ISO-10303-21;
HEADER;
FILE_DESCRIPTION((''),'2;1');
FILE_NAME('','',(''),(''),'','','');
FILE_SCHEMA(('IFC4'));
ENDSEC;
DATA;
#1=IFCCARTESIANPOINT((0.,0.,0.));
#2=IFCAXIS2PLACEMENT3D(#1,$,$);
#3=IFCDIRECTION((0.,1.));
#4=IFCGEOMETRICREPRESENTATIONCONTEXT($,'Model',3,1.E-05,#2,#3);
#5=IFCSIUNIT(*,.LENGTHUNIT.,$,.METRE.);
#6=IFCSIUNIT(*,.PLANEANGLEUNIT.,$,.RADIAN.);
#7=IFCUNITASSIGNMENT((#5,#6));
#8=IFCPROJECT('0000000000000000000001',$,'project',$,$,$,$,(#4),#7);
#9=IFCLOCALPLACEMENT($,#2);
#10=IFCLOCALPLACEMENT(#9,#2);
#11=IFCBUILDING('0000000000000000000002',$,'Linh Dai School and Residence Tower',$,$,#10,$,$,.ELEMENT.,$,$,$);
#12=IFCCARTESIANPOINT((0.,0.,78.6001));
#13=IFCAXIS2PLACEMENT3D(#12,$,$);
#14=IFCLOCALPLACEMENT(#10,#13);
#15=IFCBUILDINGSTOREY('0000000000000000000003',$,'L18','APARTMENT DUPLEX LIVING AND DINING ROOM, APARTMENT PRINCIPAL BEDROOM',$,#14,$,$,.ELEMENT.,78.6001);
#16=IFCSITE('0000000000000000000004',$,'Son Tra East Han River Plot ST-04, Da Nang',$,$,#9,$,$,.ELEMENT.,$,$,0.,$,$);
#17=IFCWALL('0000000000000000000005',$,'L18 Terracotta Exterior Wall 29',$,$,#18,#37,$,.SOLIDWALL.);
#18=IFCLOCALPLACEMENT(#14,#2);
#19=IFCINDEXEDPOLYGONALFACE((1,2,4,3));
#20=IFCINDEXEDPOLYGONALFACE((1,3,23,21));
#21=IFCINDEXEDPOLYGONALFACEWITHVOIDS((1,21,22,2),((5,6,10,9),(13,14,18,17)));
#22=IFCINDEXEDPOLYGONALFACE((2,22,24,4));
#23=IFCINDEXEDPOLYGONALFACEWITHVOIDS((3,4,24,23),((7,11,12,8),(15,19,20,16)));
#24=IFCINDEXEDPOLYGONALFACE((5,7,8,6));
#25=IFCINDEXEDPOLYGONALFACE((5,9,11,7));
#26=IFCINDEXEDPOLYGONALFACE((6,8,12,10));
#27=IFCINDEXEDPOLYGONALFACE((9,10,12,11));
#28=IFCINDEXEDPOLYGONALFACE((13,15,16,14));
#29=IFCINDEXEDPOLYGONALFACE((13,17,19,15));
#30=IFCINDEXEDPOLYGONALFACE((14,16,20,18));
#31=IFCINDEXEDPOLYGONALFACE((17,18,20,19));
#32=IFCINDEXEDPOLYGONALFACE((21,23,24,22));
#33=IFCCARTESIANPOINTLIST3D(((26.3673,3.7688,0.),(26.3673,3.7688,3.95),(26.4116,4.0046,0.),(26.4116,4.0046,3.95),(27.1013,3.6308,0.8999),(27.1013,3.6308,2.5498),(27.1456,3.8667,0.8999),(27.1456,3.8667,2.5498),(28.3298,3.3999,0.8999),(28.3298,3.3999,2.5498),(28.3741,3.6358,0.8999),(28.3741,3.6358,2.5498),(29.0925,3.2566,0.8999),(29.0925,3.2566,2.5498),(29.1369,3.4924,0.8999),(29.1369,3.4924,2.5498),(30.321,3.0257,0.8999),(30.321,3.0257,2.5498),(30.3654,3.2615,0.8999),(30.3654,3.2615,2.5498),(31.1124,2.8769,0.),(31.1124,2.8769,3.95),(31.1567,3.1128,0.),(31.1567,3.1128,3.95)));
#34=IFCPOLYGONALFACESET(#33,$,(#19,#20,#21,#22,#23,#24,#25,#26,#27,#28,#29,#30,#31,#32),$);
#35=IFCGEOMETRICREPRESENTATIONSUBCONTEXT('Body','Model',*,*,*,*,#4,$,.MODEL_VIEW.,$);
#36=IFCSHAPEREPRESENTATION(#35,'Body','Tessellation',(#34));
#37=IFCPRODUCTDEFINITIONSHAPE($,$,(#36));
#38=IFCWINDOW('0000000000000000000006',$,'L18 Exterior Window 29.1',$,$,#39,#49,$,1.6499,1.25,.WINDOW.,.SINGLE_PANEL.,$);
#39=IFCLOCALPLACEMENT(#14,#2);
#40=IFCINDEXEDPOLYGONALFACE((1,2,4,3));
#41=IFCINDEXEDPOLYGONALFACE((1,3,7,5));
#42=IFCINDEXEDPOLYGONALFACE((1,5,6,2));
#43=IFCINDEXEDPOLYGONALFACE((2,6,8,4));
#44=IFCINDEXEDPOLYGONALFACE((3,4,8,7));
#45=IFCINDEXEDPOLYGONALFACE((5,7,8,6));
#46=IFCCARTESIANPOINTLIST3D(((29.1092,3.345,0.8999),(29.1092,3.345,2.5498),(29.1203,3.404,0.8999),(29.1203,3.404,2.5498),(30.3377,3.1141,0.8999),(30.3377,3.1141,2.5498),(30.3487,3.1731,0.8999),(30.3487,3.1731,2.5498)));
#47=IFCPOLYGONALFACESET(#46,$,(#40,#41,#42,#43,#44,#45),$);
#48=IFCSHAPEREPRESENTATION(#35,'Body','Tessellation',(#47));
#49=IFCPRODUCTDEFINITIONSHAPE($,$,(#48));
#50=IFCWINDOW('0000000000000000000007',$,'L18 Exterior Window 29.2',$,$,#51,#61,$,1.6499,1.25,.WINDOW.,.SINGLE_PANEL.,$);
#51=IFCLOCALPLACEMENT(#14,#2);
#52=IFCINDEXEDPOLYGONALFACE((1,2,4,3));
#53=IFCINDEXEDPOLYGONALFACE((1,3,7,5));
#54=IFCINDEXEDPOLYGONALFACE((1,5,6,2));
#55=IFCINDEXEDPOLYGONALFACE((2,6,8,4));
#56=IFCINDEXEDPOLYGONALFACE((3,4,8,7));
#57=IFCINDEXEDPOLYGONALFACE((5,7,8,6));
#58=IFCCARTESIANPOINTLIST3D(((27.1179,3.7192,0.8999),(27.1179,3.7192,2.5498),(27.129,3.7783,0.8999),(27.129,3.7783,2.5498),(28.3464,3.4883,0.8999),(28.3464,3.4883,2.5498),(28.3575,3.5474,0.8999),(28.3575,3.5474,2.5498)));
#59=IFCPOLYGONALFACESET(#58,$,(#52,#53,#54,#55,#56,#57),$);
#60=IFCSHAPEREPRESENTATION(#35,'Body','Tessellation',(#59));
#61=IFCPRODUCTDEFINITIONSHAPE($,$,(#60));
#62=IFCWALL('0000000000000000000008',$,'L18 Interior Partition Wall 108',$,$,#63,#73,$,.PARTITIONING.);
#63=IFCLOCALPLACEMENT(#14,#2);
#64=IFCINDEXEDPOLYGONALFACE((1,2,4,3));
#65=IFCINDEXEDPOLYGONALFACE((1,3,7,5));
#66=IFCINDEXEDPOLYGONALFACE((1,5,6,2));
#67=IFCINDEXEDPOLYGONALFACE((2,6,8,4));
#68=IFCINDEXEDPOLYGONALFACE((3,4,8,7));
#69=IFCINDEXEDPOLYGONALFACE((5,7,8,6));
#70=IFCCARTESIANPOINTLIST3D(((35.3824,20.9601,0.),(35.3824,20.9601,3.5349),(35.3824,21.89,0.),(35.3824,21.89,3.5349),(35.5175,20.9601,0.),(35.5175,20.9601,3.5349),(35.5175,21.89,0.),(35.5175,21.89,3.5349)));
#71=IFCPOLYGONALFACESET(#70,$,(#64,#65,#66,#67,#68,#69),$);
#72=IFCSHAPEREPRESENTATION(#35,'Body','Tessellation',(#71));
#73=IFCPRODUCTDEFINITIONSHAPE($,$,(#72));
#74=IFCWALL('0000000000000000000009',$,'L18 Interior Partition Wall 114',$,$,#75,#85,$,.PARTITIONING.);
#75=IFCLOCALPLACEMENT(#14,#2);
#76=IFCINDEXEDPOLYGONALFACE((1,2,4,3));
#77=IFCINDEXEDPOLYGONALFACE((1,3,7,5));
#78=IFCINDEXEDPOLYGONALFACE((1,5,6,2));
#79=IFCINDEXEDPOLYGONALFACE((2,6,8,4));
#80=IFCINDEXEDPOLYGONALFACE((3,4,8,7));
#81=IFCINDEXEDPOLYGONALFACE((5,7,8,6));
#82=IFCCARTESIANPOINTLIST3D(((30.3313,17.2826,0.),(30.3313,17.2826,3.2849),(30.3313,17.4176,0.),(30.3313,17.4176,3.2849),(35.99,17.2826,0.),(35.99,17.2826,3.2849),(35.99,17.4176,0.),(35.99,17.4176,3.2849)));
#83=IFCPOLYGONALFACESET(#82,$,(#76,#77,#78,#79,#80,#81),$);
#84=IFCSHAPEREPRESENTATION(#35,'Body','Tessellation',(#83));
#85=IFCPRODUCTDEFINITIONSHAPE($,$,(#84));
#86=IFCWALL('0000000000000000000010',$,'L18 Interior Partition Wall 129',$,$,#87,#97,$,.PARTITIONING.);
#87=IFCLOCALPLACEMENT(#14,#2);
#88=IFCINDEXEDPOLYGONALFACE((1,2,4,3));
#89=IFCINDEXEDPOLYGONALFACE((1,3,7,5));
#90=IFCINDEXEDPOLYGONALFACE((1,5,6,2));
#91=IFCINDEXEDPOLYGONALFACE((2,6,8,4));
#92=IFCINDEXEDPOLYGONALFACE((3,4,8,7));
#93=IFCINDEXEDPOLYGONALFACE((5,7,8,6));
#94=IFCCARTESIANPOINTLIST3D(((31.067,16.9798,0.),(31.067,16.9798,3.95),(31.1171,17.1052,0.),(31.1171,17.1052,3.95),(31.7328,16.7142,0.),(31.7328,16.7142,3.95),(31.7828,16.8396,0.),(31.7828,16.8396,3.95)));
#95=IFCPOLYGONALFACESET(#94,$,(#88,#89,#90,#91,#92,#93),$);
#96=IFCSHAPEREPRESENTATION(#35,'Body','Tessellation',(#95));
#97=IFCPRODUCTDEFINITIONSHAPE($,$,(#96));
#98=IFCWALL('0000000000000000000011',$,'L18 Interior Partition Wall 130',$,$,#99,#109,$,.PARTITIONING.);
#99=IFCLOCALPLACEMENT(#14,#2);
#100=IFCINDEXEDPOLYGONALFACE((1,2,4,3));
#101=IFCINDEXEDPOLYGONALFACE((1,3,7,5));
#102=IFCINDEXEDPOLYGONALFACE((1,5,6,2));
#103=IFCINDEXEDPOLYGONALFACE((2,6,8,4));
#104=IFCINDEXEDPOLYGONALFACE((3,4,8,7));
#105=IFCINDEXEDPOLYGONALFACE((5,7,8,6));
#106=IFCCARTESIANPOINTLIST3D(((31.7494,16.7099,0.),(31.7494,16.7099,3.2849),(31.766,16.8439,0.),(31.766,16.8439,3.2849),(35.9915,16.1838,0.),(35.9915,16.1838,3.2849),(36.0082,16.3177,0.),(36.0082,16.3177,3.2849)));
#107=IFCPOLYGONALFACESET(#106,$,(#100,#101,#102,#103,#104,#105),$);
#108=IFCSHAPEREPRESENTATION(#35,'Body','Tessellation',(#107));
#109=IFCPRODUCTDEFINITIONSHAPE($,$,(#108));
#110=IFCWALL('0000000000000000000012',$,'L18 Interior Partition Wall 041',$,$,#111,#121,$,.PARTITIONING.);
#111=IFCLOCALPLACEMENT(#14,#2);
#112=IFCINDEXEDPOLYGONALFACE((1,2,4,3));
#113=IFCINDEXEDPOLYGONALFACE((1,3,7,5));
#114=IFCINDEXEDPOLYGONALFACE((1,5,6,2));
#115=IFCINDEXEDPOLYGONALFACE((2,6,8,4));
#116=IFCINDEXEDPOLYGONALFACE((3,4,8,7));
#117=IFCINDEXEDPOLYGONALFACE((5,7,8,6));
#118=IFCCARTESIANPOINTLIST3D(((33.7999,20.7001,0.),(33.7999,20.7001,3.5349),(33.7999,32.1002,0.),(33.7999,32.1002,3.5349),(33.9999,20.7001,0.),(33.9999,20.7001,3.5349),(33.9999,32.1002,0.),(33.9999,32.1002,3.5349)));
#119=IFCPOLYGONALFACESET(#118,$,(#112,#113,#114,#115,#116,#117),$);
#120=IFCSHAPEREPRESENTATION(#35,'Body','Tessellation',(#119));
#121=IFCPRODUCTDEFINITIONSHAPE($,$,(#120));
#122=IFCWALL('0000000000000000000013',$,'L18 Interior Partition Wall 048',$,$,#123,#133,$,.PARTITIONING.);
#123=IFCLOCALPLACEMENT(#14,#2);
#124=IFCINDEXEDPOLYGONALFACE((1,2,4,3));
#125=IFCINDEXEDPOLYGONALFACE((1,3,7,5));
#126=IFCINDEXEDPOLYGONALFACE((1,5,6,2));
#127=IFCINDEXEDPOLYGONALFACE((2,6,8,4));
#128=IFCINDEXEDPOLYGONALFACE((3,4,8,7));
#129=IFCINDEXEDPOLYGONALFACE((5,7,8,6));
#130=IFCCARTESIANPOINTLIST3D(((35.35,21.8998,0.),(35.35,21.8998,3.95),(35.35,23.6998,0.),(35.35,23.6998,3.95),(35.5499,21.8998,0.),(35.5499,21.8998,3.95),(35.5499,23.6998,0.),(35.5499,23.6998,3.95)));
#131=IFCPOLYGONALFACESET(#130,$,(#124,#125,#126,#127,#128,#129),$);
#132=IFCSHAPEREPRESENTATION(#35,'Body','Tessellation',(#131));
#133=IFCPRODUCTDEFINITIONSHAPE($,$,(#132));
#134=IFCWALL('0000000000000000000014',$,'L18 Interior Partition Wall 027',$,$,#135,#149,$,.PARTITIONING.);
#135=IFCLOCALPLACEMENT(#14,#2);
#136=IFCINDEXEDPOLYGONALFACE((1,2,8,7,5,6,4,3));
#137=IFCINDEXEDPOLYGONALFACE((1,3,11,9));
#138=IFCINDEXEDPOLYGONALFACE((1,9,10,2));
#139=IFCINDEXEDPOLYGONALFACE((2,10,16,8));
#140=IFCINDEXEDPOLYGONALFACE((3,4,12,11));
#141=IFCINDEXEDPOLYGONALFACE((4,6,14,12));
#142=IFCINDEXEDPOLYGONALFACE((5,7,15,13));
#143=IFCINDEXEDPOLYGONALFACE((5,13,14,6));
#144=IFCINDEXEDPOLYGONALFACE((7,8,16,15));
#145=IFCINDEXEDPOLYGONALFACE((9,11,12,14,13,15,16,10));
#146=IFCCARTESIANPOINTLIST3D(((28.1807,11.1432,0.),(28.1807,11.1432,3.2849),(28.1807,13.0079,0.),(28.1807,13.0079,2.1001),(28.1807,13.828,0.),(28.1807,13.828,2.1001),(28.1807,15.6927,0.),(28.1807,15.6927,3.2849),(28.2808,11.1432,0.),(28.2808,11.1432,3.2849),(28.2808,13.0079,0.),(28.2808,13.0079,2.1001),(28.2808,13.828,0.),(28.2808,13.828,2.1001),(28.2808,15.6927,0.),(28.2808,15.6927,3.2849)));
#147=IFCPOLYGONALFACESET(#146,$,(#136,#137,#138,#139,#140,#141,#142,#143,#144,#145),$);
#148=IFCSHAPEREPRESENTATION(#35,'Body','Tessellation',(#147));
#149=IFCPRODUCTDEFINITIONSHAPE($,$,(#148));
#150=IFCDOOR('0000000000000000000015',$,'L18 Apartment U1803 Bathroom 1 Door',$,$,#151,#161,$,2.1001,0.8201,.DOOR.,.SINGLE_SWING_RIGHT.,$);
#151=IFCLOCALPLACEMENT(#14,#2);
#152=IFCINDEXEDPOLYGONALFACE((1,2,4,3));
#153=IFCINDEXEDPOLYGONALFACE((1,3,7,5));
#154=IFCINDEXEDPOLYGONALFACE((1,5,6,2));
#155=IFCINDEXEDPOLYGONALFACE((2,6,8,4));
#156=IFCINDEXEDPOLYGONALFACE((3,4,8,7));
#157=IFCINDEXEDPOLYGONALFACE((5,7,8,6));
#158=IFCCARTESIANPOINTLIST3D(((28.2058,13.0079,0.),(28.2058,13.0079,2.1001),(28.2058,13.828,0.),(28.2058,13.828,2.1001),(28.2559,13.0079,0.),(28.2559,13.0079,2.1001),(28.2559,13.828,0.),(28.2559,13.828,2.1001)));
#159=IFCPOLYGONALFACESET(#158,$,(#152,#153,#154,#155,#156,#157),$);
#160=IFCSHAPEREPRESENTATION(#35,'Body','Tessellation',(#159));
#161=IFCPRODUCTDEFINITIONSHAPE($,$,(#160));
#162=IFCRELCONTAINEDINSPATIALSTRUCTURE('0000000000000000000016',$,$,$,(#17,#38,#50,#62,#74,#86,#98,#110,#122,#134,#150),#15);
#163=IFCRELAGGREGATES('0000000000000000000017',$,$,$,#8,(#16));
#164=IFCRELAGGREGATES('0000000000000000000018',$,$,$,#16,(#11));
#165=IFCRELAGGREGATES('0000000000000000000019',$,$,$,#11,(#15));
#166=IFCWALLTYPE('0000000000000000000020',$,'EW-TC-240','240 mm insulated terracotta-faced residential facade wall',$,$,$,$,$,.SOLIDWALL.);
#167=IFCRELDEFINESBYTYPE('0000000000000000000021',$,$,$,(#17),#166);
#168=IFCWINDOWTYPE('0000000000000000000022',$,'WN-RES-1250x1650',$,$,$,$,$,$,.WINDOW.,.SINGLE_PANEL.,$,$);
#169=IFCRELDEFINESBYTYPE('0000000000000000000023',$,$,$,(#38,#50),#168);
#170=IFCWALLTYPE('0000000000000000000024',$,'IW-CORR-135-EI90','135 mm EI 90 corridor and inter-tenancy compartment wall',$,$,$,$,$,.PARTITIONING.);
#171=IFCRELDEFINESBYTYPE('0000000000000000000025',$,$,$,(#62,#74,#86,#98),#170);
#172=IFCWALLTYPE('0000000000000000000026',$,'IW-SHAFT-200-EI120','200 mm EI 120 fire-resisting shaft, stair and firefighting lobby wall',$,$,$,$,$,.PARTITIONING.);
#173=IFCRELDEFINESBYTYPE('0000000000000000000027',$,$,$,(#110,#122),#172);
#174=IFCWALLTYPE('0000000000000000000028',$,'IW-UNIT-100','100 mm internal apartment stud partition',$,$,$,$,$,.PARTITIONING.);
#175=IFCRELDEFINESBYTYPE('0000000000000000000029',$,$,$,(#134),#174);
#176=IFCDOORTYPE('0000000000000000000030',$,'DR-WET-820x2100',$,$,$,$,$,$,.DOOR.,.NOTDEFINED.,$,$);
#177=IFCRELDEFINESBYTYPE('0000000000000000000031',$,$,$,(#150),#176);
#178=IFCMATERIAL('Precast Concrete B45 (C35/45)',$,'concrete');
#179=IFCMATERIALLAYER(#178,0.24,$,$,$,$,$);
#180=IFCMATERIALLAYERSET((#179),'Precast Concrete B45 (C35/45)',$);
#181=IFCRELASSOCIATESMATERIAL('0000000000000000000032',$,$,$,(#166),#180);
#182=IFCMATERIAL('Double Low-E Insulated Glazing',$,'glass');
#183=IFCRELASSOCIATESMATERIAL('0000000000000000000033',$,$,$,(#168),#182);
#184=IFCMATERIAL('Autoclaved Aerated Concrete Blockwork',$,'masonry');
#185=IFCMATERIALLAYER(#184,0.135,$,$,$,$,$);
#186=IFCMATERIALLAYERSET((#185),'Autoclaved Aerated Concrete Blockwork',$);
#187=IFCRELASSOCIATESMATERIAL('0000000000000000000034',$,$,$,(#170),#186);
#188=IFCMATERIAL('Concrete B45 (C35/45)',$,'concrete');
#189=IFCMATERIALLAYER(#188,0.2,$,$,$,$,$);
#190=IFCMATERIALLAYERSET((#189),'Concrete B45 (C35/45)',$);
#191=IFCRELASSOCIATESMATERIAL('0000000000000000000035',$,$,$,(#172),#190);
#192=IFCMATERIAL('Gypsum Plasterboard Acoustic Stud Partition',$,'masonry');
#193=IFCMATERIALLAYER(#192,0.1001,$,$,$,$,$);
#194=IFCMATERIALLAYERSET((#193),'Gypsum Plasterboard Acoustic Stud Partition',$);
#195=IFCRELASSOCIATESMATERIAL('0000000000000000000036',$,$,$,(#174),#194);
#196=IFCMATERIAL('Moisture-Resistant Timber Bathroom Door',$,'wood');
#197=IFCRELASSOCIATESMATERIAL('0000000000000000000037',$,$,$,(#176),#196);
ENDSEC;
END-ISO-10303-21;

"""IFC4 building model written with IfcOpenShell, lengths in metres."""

from ifc_helpers import new_model, si_unit, direction, frame, frame_2d, origin, origin_2d, place, context, subcontext, project, spatial, rectangle, extrude, source, transform, mapped, material, layer, layer_set, type_object, element, fill, save


model = new_model("IFC4")

# Units and contexts
model_context = context("Model", 3, precision=1e-05, world=origin(), true_north=direction((0.0, 1.0)))
body_context = subcontext(model_context, "Body", "Model", "MODEL_VIEW")
ifc_project = project(units=[si_unit("LENGTHUNIT", "METRE"), si_unit("PLANEANGLEUNIT", "RADIAN")], contexts=[model_context])

# Site, building, storey
site_placement = place(None, origin())
site = spatial("IfcSite", under=ifc_project, at=site_placement, Name="Son Tra East Han River Plot ST-04, Da Nang", CompositionType="ELEMENT", RefElevation=0.0)
building_placement = place(site_placement, origin())
building = spatial("IfcBuilding", under=site, at=building_placement, Name="Linh Dai School and Residence Tower", CompositionType="ELEMENT")
storey_placement = place(building_placement, frame((0.0, 0.0, 78.6001)))
storey = spatial("IfcBuildingStorey", under=building, at=storey_placement, Name="L18", Description="APARTMENT DUPLEX LIVING AND DINING ROOM, APARTMENT PRINCIPAL BEDROOM", CompositionType="ELEMENT", Elevation=78.6001)

# Shared definitions
ifc_material_1 = material(Name="Precast Concrete B45 (C35/45)", Category="concrete")

# Shared definitions
ifc_layer_1 = layer(ifc_material_1, 0.24)
ifc_layer_set_1 = layer_set([ifc_layer_1], Name="Precast Concrete B45 (C35/45)")
wall_type_1 = type_object("IfcWallType", Name="EW-TC-240", Description="240 mm insulated terracotta-faced residential facade wall", PredefinedType="SOLIDWALL", material=ifc_layer_set_1)
ifc_material_2 = material(Name="Double Low-E Insulated Glazing", Category="glass")

# Wall, openings, windows
wall_1_placement = place(storey_placement, frame((31.1345, 2.9949, 0.0), z_axis=(0.0, 0.0, 1.0), x_axis=(-0.982792, 0.184716, 0.0)))
wall_1 = element("IfcWall", 1, at=wall_1_placement, inside=storey, type_object=wall_type_1, Name="L18 Terracotta Exterior Wall 29", PredefinedType="SOLIDWALL", context=body_context, shape_type="SweptSolid", body=[
    extrude(rectangle(XDim=4.8281, YDim=0.24, at=frame_2d((2.4141, 0.0))), origin(), (0.0, 0.0, 1.0), 3.95),
])
opening_1_placement = place(wall_1_placement, frame((0.8052, 0.0, 0.8999)))
opening_1 = element("IfcOpeningElement", 2, at=opening_1_placement, cuts=wall_1, PredefinedType="OPENING", context=body_context, shape_type="SweptSolid", body=[
    extrude(rectangle(XDim=1.25, YDim=1.6499, at=origin_2d()), frame((0.625, 0.1299, 0.825), z_axis=(0.0, -1.0, 0.0), x_axis=(1.0, 0.0, 0.0)), (0.0, 0.0, 1.0), 0.26),
])
opening_2_placement = place(wall_1_placement, frame((2.8313, 0.0, 0.8999)))
opening_2 = element("IfcOpeningElement", 3, at=opening_2_placement, cuts=wall_1, PredefinedType="OPENING", context=body_context, shape_type="SweptSolid", body=[
    extrude(rectangle(XDim=1.25, YDim=1.6499, at=origin_2d()), frame((0.625, 0.1299, 0.825), z_axis=(0.0, -1.0, 0.0), x_axis=(1.0, 0.0, 0.0)), (0.0, 0.0, 1.0), 0.26),
])
window_type_1 = type_object("IfcWindowType", Name="WN-RES-1250x1650", PartitioningType="SINGLE_PANEL", PredefinedType="WINDOW", material=ifc_material_2)
shared_shape_1 = source(origin(), body_context, "Body", "SweptSolid", [
    extrude(rectangle(XDim=1.25, YDim=1.6499, at=origin_2d()), frame((0.625, 0.03, 0.825), z_axis=(0.0, -1.0, 0.0), x_axis=(1.0, 0.0, 0.0)), (0.0, 0.0, 1.0), 0.0601),
])
window_1_placement = place(opening_1_placement, origin())
window_1 = element("IfcWindow", 4, at=window_1_placement, inside=storey, type_object=window_type_1, Name="L18 Exterior Window 29.1", OverallHeight=1.6499, OverallWidth=1.25, PartitioningType="SINGLE_PANEL", PredefinedType="WINDOW", context=body_context, shape_type="MappedRepresentation", body=[
    mapped(shared_shape_1, transform((0.0, 0.0, 0.0), x_axis=(1.0, 0.0, 0.0), y_axis=(0.0, 1.0, 0.0), z_axis=(0.0, 0.0, 1.0), scale=1.0)),
])
fill(opening_1, window_1)
window_2_placement = place(opening_2_placement, origin())
window_2 = element("IfcWindow", 5, at=window_2_placement, inside=storey, type_object=window_type_1, Name="L18 Exterior Window 29.2", OverallHeight=1.6499, OverallWidth=1.25, PartitioningType="SINGLE_PANEL", PredefinedType="WINDOW", context=body_context, shape_type="MappedRepresentation", body=[
    mapped(shared_shape_1, transform((0.0, 0.0, 0.0), x_axis=(1.0, 0.0, 0.0), y_axis=(0.0, 1.0, 0.0), z_axis=(0.0, 0.0, 1.0), scale=1.0)),
])
fill(opening_2, window_2)

# Walls
ifc_material_3 = material(Name="Autoclaved Aerated Concrete Blockwork", Category="masonry")
ifc_layer_2 = layer(ifc_material_3, 0.135)
ifc_layer_set_2 = layer_set([ifc_layer_2], Name="Autoclaved Aerated Concrete Blockwork")
wall_type_2 = type_object("IfcWallType", Name="IW-CORR-135-EI90", Description="135 mm EI 90 corridor and inter-tenancy compartment wall", PredefinedType="PARTITIONING", material=ifc_layer_set_2)
wall_2_placement = place(storey_placement, frame((35.45, 21.8899, 0.0), z_axis=(0.0, 0.0, 1.0), x_axis=(0.0, -1.0, 0.0)))
element("IfcWall", 6, at=wall_2_placement, inside=storey, type_object=wall_type_2, Name="L18 Interior Partition Wall 108", PredefinedType="PARTITIONING", context=body_context, shape_type="SweptSolid", body=[
    extrude(rectangle(XDim=0.9299, YDim=0.135, at=frame_2d((0.4648, 0.0))), origin(), (0.0, 0.0, 1.0), 3.5349),
])
wall_3_placement = place(storey_placement, frame((35.99, 17.3501, 0.0), z_axis=(0.0, 0.0, 1.0), x_axis=(-1.0, 0.0, 0.0)))
element("IfcWall", 7, at=wall_3_placement, inside=storey, type_object=wall_type_2, Name="L18 Interior Partition Wall 114", PredefinedType="PARTITIONING", context=body_context, shape_type="SweptSolid", body=[
    extrude(rectangle(XDim=5.6587, YDim=0.135, at=frame_2d((2.8293, 0.0))), origin(), (0.0, 0.0, 1.0), 3.2849),
])
wall_4_placement = place(storey_placement, frame((31.092, 17.0425, 0.0), z_axis=(0.0, 0.0, 1.0), x_axis=(0.928805, -0.370568, 0.0)))
element("IfcWall", 8, at=wall_4_placement, inside=storey, type_object=wall_type_2, Name="L18 Interior Partition Wall 129", PredefinedType="PARTITIONING", context=body_context, shape_type="SweptSolid", body=[
    extrude(rectangle(XDim=0.7168, YDim=0.135, at=frame_2d((0.3584, 0.0))), origin(), (0.0, 0.0, 1.0), 3.95),
])
wall_5_placement = place(storey_placement, frame((31.7578, 16.7769, 0.0), z_axis=(0.0, 0.0, 1.0), x_axis=(0.992397, -0.123079, 0.0)))
element("IfcWall", 9, at=wall_5_placement, inside=storey, type_object=wall_type_2, Name="L18 Interior Partition Wall 130", PredefinedType="PARTITIONING", context=body_context, shape_type="SweptSolid", body=[
    extrude(rectangle(XDim=4.2747, YDim=0.135, at=frame_2d((2.1372, 0.0))), origin(), (0.0, 0.0, 1.0), 3.2849),
])
ifc_material_4 = material(Name="Concrete B45 (C35/45)", Category="concrete")
ifc_layer_3 = layer(ifc_material_4, 0.2)
ifc_layer_set_3 = layer_set([ifc_layer_3], Name="Concrete B45 (C35/45)")
wall_type_3 = type_object("IfcWallType", Name="IW-SHAFT-200-EI120", Description="200 mm EI 120 fire-resisting shaft, stair and firefighting lobby wall", PredefinedType="PARTITIONING", material=ifc_layer_set_3)
wall_6_placement = place(storey_placement, frame((33.8999, 20.7, 0.0), z_axis=(0.0, 0.0, 1.0), x_axis=(0.0, 1.0, 0.0)))
element("IfcWall", 10, at=wall_6_placement, inside=storey, type_object=wall_type_3, Name="L18 Interior Partition Wall 041", PredefinedType="PARTITIONING", context=body_context, shape_type="SweptSolid", body=[
    extrude(rectangle(XDim=11.4001, YDim=0.2, at=frame_2d((5.7002, 0.0))), origin(), (0.0, 0.0, 1.0), 3.5349),
])
wall_7_placement = place(storey_placement, frame((35.45, 21.8999, 0.0), z_axis=(0.0, 0.0, 1.0), x_axis=(0.0, 1.0, 0.0)))
element("IfcWall", 11, at=wall_7_placement, inside=storey, type_object=wall_type_3, Name="L18 Interior Partition Wall 048", PredefinedType="PARTITIONING", context=body_context, shape_type="SweptSolid", body=[
    extrude(rectangle(XDim=1.8, YDim=0.2, at=frame_2d((0.8999, 0.0))), origin(), (0.0, 0.0, 1.0), 3.95),
])

# Wall, opening, door
ifc_material_5 = material(Name="Gypsum Plasterboard Acoustic Stud Partition", Category="masonry")
ifc_layer_4 = layer(ifc_material_5, 0.1001)
ifc_layer_set_4 = layer_set([ifc_layer_4], Name="Gypsum Plasterboard Acoustic Stud Partition")
wall_type_4 = type_object("IfcWallType", Name="IW-UNIT-100", Description="100 mm internal apartment stud partition", PredefinedType="PARTITIONING", material=ifc_layer_set_4)
wall_8_placement = place(storey_placement, frame((28.2307, 11.1431, 0.0), z_axis=(0.0, 0.0, 1.0), x_axis=(0.0, 1.0, 0.0)))
wall_8 = element("IfcWall", 12, at=wall_8_placement, inside=storey, type_object=wall_type_4, Name="L18 Interior Partition Wall 027", PredefinedType="PARTITIONING", context=body_context, shape_type="SweptSolid", body=[
    extrude(rectangle(XDim=4.5496, YDim=0.1001, at=frame_2d((2.2749, 0.0))), origin(), (0.0, 0.0, 1.0), 3.2849),
])
opening_3_placement = place(wall_8_placement, frame((1.8647, 0.0, 0.0)))
opening_3 = element("IfcOpeningElement", 13, at=opening_3_placement, cuts=wall_8, PredefinedType="OPENING", context=body_context, shape_type="SweptSolid", body=[
    extrude(rectangle(XDim=0.8201, YDim=2.1001, at=origin_2d()), frame((0.4102, 0.0601, 1.05), z_axis=(0.0, -1.0, 0.0), x_axis=(1.0, 0.0, 0.0)), (0.0, 0.0, 1.0), 0.1201),
])
ifc_material_6 = material(Name="Moisture-Resistant Timber Bathroom Door", Category="wood")
door_type_1 = type_object("IfcDoorType", Name="DR-WET-820x2100", OperationType="NOTDEFINED", PredefinedType="DOOR", material=ifc_material_6)
shared_shape_2 = source(origin(), body_context, "Body", "SweptSolid", [
    extrude(rectangle(XDim=0.8201, YDim=2.1001, at=origin_2d()), frame((0.4102, 0.0249, 1.05), z_axis=(0.0, -1.0, 0.0), x_axis=(1.0, 0.0, 0.0)), (0.0, 0.0, 1.0), 0.05),
])
door_1_placement = place(opening_3_placement, origin())
door_1 = element("IfcDoor", 14, at=door_1_placement, inside=storey, type_object=door_type_1, Name="L18 Apartment U1803 Bathroom 1 Door", OperationType="SINGLE_SWING_RIGHT", OverallHeight=2.1001, OverallWidth=0.8201, PredefinedType="DOOR", context=body_context, shape_type="MappedRepresentation", body=[
    mapped(shared_shape_2, transform((0.0, 0.0, 0.0), x_axis=(1.0, 0.0, 0.0), y_axis=(0.0, 1.0, 0.0), z_axis=(0.0, 0.0, 1.0), scale=1.0)),
])
fill(opening_3, door_1)

save(model, "model.ifc")
